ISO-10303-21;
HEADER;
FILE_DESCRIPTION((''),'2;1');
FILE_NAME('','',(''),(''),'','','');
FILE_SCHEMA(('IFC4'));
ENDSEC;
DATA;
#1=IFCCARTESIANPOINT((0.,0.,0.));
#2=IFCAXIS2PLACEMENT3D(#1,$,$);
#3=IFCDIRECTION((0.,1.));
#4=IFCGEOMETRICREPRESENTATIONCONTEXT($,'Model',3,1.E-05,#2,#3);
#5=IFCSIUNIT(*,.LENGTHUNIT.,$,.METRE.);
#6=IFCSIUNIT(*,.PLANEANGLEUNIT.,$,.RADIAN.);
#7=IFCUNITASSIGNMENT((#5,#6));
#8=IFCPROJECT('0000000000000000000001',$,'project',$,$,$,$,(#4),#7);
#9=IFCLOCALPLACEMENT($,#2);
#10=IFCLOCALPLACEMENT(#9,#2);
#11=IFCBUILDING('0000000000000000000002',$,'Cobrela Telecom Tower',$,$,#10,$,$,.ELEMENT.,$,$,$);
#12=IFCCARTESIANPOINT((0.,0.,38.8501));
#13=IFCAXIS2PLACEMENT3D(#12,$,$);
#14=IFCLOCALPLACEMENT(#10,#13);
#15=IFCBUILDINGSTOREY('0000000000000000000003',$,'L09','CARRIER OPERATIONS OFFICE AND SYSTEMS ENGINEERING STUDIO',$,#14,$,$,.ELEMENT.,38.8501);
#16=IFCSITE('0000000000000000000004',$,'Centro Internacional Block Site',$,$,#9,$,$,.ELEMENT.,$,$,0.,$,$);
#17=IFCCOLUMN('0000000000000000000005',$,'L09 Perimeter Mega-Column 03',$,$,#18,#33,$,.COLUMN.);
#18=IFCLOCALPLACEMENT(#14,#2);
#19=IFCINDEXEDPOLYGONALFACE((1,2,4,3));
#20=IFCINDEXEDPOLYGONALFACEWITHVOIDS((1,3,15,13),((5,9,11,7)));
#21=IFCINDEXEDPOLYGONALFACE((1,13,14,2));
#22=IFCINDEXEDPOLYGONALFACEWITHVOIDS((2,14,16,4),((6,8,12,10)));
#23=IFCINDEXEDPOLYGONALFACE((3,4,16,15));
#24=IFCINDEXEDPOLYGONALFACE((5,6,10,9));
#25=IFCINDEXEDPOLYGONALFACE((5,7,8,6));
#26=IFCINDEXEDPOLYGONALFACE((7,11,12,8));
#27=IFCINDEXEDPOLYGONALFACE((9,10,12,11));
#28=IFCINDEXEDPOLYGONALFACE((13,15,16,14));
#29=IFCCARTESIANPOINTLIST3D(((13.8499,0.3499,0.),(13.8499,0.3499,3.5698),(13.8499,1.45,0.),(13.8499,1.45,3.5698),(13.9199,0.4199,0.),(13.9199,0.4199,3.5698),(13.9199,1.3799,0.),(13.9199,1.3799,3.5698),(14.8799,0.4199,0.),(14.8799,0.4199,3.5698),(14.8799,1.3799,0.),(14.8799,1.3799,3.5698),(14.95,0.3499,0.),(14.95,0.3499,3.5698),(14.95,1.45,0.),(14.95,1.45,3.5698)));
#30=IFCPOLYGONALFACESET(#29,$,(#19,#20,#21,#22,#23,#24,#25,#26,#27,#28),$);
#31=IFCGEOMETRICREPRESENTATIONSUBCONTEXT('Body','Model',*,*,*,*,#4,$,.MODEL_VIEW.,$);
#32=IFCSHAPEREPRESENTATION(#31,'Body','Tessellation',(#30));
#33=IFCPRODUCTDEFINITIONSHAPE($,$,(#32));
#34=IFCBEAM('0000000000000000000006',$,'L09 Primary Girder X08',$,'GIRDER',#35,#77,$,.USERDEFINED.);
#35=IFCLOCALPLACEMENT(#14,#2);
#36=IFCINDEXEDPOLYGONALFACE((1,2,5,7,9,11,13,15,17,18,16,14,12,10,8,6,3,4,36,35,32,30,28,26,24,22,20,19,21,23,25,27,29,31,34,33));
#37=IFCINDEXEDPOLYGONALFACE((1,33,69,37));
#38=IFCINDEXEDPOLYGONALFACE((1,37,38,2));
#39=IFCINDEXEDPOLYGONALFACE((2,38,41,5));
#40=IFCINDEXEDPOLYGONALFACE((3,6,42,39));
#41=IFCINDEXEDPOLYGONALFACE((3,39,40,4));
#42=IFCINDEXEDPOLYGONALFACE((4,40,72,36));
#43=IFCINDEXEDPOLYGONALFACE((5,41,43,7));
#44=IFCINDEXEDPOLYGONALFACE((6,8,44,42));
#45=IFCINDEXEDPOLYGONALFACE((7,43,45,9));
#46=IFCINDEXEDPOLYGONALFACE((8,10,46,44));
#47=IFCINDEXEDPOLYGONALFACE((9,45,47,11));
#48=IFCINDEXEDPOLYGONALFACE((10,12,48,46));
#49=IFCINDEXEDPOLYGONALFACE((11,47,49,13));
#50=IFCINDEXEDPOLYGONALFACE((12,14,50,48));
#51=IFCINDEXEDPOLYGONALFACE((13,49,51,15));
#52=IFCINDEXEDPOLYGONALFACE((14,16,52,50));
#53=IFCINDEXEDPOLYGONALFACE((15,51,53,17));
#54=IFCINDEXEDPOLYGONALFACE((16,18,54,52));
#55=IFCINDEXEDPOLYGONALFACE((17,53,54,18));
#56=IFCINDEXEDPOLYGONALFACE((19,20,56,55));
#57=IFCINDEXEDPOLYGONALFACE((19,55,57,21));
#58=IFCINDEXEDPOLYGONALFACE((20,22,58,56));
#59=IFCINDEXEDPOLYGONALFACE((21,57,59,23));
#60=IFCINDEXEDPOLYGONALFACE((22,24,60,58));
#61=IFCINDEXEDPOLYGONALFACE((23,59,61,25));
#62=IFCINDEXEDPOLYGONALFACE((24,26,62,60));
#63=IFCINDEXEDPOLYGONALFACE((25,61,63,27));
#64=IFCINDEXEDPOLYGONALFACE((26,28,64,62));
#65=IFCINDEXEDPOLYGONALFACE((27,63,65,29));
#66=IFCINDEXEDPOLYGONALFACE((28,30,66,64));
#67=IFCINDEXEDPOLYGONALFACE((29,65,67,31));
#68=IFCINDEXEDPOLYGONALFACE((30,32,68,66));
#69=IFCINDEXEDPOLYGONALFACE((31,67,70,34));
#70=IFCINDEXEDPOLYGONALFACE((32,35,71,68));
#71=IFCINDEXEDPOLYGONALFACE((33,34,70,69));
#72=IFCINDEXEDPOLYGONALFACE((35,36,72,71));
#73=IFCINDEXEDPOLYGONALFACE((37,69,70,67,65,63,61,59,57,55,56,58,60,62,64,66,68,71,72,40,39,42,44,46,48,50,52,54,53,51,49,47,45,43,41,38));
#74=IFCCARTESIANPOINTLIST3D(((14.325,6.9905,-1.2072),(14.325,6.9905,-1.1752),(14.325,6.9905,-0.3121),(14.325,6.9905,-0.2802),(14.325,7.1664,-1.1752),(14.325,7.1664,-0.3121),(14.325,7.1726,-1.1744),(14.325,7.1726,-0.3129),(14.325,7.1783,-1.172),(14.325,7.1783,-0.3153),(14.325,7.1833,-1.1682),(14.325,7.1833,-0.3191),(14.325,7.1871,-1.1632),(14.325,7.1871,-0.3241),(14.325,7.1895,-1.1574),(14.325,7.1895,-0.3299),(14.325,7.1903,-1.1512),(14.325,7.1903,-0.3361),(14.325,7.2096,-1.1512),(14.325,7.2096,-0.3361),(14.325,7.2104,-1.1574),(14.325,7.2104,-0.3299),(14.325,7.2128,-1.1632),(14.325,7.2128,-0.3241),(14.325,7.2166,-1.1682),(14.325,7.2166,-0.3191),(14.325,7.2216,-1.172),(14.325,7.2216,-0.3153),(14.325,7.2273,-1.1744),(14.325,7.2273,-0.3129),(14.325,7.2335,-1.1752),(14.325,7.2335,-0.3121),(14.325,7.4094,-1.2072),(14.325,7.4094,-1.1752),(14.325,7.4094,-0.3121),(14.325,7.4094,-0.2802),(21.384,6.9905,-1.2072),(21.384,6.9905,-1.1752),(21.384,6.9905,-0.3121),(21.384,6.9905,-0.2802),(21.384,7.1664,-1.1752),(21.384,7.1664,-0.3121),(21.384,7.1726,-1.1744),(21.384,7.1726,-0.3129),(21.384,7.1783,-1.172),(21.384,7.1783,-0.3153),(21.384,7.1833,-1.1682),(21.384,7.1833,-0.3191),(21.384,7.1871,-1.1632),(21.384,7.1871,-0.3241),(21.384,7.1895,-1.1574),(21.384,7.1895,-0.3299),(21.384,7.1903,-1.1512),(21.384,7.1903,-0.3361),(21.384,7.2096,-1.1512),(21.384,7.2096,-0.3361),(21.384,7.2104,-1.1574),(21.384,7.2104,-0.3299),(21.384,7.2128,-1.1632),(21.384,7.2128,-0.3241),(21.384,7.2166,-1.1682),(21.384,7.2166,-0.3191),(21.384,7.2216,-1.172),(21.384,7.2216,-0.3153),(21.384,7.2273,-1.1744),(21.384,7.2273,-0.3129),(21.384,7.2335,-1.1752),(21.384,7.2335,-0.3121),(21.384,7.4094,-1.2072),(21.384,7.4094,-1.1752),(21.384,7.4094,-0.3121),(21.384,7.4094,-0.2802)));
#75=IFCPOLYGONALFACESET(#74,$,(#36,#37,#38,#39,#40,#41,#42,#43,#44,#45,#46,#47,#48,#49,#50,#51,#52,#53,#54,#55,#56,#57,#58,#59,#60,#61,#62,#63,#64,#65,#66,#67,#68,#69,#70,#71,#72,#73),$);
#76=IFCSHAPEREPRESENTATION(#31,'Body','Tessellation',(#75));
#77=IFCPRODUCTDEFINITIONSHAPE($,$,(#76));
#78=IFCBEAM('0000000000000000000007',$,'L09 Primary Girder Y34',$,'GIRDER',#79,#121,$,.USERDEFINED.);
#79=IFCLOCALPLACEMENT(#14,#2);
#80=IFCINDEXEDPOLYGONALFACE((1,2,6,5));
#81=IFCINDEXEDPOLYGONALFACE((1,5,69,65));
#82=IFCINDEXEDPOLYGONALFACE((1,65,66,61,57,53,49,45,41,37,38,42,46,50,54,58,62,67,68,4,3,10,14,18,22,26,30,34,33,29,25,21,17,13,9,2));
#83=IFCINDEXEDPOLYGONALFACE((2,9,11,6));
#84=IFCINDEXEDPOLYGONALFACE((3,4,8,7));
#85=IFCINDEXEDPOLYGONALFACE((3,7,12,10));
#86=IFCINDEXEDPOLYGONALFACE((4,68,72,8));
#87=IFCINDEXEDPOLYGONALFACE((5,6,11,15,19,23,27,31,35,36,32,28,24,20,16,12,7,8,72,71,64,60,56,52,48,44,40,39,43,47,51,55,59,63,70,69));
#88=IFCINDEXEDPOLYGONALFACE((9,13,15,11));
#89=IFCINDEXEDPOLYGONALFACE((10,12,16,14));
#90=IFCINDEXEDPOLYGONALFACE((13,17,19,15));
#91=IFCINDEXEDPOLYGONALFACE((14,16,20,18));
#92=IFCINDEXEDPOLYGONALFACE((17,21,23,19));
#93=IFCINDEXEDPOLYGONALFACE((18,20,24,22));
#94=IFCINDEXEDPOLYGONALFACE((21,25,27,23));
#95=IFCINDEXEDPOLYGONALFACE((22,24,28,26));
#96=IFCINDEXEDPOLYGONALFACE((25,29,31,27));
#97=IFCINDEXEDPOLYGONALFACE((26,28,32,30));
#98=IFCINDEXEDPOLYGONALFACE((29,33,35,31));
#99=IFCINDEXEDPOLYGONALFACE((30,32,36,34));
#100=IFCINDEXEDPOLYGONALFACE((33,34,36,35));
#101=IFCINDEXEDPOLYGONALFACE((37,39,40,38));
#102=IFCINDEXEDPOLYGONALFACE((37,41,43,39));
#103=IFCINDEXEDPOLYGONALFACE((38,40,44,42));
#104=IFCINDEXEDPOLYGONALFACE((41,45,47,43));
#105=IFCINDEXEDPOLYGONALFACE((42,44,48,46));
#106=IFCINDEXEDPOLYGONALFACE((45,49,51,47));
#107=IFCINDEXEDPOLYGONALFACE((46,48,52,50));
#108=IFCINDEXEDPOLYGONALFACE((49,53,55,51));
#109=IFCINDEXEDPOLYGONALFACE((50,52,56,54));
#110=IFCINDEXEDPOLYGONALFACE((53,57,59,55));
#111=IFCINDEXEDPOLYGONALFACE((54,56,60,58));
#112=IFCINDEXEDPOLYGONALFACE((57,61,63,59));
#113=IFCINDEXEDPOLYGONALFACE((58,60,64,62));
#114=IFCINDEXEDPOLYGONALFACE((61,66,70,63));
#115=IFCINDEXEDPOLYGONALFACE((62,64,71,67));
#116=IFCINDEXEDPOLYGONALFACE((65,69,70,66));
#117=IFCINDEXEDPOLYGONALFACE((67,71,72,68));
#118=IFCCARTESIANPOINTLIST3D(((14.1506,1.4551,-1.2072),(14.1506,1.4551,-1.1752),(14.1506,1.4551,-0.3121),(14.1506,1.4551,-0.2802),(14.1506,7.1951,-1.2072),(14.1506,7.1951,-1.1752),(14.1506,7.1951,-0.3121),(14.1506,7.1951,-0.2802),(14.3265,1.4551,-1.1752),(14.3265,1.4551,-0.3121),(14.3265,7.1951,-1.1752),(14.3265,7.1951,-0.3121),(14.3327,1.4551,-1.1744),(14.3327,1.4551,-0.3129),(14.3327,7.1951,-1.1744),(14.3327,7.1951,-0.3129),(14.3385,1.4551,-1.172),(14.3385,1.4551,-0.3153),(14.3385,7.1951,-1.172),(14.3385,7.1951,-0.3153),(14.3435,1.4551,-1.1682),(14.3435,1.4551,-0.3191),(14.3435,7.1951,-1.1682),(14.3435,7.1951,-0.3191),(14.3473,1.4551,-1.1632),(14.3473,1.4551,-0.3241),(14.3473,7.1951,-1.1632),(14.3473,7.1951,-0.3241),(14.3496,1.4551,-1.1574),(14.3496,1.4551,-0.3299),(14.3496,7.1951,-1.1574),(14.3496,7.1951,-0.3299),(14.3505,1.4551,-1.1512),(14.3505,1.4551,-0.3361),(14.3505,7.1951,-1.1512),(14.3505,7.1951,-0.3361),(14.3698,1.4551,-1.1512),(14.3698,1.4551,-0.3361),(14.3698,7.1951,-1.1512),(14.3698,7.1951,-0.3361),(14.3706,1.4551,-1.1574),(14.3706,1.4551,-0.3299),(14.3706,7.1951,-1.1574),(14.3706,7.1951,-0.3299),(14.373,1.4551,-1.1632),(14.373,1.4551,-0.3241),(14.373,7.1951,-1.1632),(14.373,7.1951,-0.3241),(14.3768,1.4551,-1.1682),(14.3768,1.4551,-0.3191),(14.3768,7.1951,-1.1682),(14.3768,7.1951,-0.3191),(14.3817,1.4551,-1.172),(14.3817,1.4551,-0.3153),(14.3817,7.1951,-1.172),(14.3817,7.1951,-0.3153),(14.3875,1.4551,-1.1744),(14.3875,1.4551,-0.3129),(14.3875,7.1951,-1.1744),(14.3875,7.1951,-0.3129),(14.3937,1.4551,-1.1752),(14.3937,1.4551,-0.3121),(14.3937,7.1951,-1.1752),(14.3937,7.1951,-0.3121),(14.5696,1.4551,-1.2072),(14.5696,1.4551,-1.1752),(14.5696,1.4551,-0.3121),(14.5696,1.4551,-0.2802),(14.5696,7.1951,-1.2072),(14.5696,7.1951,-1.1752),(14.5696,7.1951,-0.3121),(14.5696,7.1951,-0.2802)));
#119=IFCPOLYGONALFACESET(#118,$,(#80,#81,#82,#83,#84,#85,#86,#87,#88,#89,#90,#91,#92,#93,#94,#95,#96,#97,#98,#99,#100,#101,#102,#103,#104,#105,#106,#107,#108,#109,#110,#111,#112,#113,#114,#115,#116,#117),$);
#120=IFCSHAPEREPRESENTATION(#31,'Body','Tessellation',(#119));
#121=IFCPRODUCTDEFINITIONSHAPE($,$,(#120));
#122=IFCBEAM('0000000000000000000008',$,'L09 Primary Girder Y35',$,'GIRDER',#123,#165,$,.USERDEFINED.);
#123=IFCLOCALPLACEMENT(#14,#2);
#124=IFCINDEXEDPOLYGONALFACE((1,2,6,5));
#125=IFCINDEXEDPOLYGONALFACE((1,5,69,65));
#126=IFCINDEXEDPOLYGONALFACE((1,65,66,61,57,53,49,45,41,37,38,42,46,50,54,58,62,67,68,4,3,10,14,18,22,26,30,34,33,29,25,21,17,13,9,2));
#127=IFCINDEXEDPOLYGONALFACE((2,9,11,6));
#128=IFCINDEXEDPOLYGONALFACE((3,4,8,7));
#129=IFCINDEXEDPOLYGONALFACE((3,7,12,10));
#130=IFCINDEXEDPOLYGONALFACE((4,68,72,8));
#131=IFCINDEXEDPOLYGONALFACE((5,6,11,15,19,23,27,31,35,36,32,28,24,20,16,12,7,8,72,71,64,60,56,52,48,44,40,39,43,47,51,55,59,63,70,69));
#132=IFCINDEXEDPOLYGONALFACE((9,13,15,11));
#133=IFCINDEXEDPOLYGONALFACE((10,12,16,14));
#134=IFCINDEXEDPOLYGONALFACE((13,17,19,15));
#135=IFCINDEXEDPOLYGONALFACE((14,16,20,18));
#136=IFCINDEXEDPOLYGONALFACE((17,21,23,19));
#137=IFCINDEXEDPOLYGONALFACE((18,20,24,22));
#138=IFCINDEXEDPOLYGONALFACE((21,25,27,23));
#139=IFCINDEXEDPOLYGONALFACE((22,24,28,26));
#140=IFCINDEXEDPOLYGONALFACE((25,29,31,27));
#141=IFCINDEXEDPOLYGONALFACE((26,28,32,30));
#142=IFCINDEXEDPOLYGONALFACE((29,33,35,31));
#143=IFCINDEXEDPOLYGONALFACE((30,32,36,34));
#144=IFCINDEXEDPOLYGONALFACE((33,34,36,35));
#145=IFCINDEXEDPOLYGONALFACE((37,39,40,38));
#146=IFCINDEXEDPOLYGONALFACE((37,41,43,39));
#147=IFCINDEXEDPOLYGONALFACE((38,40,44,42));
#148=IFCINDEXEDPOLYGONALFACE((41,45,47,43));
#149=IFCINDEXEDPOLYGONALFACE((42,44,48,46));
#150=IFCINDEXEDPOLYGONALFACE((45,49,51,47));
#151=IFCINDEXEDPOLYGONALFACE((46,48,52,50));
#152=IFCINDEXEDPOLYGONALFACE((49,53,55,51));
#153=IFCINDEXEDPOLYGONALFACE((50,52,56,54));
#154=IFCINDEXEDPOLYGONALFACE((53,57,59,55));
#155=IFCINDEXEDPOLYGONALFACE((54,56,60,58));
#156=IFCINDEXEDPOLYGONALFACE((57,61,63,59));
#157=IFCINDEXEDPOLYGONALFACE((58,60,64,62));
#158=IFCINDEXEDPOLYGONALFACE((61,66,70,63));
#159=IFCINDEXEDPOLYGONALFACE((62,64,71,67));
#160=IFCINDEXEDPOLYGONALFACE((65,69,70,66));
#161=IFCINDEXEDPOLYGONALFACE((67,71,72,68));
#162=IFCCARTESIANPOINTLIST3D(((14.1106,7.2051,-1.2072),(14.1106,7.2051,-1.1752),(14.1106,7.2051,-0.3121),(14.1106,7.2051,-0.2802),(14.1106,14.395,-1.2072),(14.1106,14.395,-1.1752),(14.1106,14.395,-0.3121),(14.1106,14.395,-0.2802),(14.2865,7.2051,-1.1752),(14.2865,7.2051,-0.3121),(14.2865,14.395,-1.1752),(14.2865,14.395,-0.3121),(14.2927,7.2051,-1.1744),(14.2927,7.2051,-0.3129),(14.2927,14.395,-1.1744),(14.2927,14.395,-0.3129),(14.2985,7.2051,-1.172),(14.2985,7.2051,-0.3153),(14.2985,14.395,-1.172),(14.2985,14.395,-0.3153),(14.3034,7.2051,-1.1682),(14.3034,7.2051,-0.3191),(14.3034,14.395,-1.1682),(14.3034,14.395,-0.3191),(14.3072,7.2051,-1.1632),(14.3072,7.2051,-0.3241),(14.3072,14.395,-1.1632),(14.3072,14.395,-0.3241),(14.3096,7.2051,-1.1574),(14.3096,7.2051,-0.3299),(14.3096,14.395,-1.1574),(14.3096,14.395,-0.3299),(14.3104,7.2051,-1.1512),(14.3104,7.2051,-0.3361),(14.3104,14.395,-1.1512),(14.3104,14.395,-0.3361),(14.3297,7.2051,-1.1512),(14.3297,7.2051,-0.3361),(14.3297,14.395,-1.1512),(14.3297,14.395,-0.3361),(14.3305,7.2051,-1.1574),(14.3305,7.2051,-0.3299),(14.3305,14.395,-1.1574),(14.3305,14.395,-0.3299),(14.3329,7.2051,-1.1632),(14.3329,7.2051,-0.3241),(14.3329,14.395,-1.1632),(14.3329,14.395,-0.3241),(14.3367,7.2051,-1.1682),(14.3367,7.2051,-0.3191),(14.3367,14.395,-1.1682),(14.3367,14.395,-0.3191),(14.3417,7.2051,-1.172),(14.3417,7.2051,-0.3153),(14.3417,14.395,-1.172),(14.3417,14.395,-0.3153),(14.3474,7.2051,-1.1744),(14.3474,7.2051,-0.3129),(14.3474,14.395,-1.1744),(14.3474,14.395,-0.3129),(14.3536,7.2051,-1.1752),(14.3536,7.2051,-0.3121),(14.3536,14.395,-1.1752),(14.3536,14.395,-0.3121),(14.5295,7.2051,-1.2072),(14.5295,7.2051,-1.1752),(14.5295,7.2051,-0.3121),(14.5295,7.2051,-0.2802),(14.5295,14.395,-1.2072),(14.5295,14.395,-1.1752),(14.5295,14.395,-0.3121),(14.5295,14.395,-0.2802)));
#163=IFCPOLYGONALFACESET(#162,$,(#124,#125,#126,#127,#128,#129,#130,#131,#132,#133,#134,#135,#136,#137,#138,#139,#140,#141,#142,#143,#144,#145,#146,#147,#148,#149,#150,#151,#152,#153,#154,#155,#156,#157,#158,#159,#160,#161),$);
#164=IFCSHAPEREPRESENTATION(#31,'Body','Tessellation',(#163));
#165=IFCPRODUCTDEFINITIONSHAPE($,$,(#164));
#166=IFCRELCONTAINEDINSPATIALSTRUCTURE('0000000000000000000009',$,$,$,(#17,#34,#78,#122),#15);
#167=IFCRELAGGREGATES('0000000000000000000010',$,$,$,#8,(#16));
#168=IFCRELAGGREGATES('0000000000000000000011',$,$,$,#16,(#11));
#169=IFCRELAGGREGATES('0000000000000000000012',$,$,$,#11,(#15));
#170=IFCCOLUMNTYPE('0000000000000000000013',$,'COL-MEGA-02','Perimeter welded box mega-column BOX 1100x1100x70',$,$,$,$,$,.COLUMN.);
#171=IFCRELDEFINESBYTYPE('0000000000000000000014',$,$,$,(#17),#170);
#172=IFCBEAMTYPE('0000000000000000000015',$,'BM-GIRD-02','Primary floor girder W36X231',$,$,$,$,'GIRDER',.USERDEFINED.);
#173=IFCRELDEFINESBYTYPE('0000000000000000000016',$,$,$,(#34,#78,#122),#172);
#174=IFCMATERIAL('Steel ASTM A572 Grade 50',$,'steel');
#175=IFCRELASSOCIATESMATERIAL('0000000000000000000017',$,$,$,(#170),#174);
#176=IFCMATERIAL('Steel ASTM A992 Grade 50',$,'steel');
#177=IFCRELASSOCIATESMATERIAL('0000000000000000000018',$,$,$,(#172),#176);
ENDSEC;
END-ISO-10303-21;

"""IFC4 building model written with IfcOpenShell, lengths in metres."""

from ifc_helpers import new_model, si_unit, direction, frame, origin, origin_2d, place, context, subcontext, project, spatial, hollow_rectangle, i_section, extrude, material, material_profile, profile_set, type_object, element, save


model = new_model("IFC4")

# Units and contexts
model_context = context("Model", 3, precision=1e-05, world=origin(), true_north=direction((0.0, 1.0)))
body_context = subcontext(model_context, "Body", "Model", "MODEL_VIEW")
ifc_project = project(units=[si_unit("LENGTHUNIT", "METRE"), si_unit("PLANEANGLEUNIT", "RADIAN")], contexts=[model_context])

# Site, building, storey
site_placement = place(None, origin())
site = spatial("IfcSite", under=ifc_project, at=site_placement, Name="Centro Internacional Block Site", CompositionType="ELEMENT", RefElevation=0.0)
building_placement = place(site_placement, origin())
building = spatial("IfcBuilding", under=site, at=building_placement, Name="Cobrela Telecom Tower", CompositionType="ELEMENT")
storey_placement = place(building_placement, frame((0.0, 0.0, 38.8501)))
storey = spatial("IfcBuildingStorey", under=building, at=storey_placement, Name="L09", Description="CARRIER OPERATIONS OFFICE AND SYSTEMS ENGINEERING STUDIO", CompositionType="ELEMENT", Elevation=38.8501)

# Column
ifc_material_1 = material(Name="Steel ASTM A572 Grade 50", Category="steel")
ifc_material_profile_1 = material_profile(ifc_material_1, hollow_rectangle(XDim=1.1001, YDim=1.1001, WallThickness=0.0701, at=origin_2d()), Name="BOX 1100x1100x70")
ifc_profile_set_1 = profile_set([ifc_material_profile_1], Name="Steel ASTM A572 Grade 50")
column_type = type_object("IfcColumnType", Name="COL-MEGA-02", Description="Perimeter welded box mega-column BOX 1100x1100x70", PredefinedType="COLUMN", material=ifc_profile_set_1)
column_placement = place(storey_placement, frame((14.3999, 0.8999, 0.0), z_axis=(0.0, 0.0, 1.0), x_axis=(1.0, 0.0, 0.0)))
element("IfcColumn", 1, at=column_placement, inside=storey, type_object=column_type, Name="L09 Perimeter Mega-Column 03", PredefinedType="COLUMN", context=body_context, shape_type="SweptSolid", body=[
    extrude(hollow_rectangle(XDim=1.1001, YDim=1.1001, WallThickness=0.0701, at=origin_2d()), origin(), (0.0, 0.0, 1.0), 3.5698),
])

# Beams
ifc_material_2 = material(Name="Steel ASTM A992 Grade 50", Category="steel")
ifc_material_profile_2 = material_profile(ifc_material_2, i_section(OverallWidth=0.4189, OverallDepth=0.927, WebThickness=0.0193, FlangeThickness=0.032, FilletRadius=0.0239, at=origin_2d()), Name="W36X231")
ifc_profile_set_2 = profile_set([ifc_material_profile_2], Name="Steel ASTM A992 Grade 50")
beam_type_1 = type_object("IfcBeamType", Name="BM-GIRD-02", Description="Primary floor girder W36X231", ElementType="GIRDER", PredefinedType="USERDEFINED", material=ifc_profile_set_2)
beam_1_placement = place(storey_placement, frame((14.325, 7.2, -0.7437), z_axis=(1.0, 0.0, 0.0), x_axis=(0.0, 1.0, 0.0)))
element("IfcBeam", 2, at=beam_1_placement, inside=storey, type_object=beam_type_1, Name="L09 Primary Girder X08", ObjectType="GIRDER", PredefinedType="USERDEFINED", context=body_context, shape_type="SweptSolid", body=[
    extrude(i_section(OverallWidth=0.4189, OverallDepth=0.927, WebThickness=0.0193, FlangeThickness=0.032, FilletRadius=0.0239, at=origin_2d()), origin(), (0.0, 0.0, 1.0), 7.0591),
])
beam_2_placement = place(storey_placement, frame((14.3601, 1.4551, -0.7437), z_axis=(0.0, 1.0, 0.0), x_axis=(-1.0, 0.0, 0.0)))
element("IfcBeam", 3, at=beam_2_placement, inside=storey, type_object=beam_type_1, Name="L09 Primary Girder Y34", ObjectType="GIRDER", PredefinedType="USERDEFINED", context=body_context, shape_type="SweptSolid", body=[
    extrude(i_section(OverallWidth=0.4189, OverallDepth=0.927, WebThickness=0.0193, FlangeThickness=0.032, FilletRadius=0.0239, at=origin_2d()), origin(), (0.0, 0.0, 1.0), 5.74),
])
beam_3_placement = place(storey_placement, frame((14.3201, 7.2051, -0.7437), z_axis=(0.0, 1.0, 0.0), x_axis=(-1.0, 0.0, 0.0)))
element("IfcBeam", 4, at=beam_3_placement, inside=storey, type_object=beam_type_1, Name="L09 Primary Girder Y35", ObjectType="GIRDER", PredefinedType="USERDEFINED", context=body_context, shape_type="SweptSolid", body=[
    extrude(i_section(OverallWidth=0.4189, OverallDepth=0.927, WebThickness=0.0193, FlangeThickness=0.032, FilletRadius=0.0239, at=origin_2d()), origin(), (0.0, 0.0, 1.0), 7.1899),
])

save(model, "model.ifc")
